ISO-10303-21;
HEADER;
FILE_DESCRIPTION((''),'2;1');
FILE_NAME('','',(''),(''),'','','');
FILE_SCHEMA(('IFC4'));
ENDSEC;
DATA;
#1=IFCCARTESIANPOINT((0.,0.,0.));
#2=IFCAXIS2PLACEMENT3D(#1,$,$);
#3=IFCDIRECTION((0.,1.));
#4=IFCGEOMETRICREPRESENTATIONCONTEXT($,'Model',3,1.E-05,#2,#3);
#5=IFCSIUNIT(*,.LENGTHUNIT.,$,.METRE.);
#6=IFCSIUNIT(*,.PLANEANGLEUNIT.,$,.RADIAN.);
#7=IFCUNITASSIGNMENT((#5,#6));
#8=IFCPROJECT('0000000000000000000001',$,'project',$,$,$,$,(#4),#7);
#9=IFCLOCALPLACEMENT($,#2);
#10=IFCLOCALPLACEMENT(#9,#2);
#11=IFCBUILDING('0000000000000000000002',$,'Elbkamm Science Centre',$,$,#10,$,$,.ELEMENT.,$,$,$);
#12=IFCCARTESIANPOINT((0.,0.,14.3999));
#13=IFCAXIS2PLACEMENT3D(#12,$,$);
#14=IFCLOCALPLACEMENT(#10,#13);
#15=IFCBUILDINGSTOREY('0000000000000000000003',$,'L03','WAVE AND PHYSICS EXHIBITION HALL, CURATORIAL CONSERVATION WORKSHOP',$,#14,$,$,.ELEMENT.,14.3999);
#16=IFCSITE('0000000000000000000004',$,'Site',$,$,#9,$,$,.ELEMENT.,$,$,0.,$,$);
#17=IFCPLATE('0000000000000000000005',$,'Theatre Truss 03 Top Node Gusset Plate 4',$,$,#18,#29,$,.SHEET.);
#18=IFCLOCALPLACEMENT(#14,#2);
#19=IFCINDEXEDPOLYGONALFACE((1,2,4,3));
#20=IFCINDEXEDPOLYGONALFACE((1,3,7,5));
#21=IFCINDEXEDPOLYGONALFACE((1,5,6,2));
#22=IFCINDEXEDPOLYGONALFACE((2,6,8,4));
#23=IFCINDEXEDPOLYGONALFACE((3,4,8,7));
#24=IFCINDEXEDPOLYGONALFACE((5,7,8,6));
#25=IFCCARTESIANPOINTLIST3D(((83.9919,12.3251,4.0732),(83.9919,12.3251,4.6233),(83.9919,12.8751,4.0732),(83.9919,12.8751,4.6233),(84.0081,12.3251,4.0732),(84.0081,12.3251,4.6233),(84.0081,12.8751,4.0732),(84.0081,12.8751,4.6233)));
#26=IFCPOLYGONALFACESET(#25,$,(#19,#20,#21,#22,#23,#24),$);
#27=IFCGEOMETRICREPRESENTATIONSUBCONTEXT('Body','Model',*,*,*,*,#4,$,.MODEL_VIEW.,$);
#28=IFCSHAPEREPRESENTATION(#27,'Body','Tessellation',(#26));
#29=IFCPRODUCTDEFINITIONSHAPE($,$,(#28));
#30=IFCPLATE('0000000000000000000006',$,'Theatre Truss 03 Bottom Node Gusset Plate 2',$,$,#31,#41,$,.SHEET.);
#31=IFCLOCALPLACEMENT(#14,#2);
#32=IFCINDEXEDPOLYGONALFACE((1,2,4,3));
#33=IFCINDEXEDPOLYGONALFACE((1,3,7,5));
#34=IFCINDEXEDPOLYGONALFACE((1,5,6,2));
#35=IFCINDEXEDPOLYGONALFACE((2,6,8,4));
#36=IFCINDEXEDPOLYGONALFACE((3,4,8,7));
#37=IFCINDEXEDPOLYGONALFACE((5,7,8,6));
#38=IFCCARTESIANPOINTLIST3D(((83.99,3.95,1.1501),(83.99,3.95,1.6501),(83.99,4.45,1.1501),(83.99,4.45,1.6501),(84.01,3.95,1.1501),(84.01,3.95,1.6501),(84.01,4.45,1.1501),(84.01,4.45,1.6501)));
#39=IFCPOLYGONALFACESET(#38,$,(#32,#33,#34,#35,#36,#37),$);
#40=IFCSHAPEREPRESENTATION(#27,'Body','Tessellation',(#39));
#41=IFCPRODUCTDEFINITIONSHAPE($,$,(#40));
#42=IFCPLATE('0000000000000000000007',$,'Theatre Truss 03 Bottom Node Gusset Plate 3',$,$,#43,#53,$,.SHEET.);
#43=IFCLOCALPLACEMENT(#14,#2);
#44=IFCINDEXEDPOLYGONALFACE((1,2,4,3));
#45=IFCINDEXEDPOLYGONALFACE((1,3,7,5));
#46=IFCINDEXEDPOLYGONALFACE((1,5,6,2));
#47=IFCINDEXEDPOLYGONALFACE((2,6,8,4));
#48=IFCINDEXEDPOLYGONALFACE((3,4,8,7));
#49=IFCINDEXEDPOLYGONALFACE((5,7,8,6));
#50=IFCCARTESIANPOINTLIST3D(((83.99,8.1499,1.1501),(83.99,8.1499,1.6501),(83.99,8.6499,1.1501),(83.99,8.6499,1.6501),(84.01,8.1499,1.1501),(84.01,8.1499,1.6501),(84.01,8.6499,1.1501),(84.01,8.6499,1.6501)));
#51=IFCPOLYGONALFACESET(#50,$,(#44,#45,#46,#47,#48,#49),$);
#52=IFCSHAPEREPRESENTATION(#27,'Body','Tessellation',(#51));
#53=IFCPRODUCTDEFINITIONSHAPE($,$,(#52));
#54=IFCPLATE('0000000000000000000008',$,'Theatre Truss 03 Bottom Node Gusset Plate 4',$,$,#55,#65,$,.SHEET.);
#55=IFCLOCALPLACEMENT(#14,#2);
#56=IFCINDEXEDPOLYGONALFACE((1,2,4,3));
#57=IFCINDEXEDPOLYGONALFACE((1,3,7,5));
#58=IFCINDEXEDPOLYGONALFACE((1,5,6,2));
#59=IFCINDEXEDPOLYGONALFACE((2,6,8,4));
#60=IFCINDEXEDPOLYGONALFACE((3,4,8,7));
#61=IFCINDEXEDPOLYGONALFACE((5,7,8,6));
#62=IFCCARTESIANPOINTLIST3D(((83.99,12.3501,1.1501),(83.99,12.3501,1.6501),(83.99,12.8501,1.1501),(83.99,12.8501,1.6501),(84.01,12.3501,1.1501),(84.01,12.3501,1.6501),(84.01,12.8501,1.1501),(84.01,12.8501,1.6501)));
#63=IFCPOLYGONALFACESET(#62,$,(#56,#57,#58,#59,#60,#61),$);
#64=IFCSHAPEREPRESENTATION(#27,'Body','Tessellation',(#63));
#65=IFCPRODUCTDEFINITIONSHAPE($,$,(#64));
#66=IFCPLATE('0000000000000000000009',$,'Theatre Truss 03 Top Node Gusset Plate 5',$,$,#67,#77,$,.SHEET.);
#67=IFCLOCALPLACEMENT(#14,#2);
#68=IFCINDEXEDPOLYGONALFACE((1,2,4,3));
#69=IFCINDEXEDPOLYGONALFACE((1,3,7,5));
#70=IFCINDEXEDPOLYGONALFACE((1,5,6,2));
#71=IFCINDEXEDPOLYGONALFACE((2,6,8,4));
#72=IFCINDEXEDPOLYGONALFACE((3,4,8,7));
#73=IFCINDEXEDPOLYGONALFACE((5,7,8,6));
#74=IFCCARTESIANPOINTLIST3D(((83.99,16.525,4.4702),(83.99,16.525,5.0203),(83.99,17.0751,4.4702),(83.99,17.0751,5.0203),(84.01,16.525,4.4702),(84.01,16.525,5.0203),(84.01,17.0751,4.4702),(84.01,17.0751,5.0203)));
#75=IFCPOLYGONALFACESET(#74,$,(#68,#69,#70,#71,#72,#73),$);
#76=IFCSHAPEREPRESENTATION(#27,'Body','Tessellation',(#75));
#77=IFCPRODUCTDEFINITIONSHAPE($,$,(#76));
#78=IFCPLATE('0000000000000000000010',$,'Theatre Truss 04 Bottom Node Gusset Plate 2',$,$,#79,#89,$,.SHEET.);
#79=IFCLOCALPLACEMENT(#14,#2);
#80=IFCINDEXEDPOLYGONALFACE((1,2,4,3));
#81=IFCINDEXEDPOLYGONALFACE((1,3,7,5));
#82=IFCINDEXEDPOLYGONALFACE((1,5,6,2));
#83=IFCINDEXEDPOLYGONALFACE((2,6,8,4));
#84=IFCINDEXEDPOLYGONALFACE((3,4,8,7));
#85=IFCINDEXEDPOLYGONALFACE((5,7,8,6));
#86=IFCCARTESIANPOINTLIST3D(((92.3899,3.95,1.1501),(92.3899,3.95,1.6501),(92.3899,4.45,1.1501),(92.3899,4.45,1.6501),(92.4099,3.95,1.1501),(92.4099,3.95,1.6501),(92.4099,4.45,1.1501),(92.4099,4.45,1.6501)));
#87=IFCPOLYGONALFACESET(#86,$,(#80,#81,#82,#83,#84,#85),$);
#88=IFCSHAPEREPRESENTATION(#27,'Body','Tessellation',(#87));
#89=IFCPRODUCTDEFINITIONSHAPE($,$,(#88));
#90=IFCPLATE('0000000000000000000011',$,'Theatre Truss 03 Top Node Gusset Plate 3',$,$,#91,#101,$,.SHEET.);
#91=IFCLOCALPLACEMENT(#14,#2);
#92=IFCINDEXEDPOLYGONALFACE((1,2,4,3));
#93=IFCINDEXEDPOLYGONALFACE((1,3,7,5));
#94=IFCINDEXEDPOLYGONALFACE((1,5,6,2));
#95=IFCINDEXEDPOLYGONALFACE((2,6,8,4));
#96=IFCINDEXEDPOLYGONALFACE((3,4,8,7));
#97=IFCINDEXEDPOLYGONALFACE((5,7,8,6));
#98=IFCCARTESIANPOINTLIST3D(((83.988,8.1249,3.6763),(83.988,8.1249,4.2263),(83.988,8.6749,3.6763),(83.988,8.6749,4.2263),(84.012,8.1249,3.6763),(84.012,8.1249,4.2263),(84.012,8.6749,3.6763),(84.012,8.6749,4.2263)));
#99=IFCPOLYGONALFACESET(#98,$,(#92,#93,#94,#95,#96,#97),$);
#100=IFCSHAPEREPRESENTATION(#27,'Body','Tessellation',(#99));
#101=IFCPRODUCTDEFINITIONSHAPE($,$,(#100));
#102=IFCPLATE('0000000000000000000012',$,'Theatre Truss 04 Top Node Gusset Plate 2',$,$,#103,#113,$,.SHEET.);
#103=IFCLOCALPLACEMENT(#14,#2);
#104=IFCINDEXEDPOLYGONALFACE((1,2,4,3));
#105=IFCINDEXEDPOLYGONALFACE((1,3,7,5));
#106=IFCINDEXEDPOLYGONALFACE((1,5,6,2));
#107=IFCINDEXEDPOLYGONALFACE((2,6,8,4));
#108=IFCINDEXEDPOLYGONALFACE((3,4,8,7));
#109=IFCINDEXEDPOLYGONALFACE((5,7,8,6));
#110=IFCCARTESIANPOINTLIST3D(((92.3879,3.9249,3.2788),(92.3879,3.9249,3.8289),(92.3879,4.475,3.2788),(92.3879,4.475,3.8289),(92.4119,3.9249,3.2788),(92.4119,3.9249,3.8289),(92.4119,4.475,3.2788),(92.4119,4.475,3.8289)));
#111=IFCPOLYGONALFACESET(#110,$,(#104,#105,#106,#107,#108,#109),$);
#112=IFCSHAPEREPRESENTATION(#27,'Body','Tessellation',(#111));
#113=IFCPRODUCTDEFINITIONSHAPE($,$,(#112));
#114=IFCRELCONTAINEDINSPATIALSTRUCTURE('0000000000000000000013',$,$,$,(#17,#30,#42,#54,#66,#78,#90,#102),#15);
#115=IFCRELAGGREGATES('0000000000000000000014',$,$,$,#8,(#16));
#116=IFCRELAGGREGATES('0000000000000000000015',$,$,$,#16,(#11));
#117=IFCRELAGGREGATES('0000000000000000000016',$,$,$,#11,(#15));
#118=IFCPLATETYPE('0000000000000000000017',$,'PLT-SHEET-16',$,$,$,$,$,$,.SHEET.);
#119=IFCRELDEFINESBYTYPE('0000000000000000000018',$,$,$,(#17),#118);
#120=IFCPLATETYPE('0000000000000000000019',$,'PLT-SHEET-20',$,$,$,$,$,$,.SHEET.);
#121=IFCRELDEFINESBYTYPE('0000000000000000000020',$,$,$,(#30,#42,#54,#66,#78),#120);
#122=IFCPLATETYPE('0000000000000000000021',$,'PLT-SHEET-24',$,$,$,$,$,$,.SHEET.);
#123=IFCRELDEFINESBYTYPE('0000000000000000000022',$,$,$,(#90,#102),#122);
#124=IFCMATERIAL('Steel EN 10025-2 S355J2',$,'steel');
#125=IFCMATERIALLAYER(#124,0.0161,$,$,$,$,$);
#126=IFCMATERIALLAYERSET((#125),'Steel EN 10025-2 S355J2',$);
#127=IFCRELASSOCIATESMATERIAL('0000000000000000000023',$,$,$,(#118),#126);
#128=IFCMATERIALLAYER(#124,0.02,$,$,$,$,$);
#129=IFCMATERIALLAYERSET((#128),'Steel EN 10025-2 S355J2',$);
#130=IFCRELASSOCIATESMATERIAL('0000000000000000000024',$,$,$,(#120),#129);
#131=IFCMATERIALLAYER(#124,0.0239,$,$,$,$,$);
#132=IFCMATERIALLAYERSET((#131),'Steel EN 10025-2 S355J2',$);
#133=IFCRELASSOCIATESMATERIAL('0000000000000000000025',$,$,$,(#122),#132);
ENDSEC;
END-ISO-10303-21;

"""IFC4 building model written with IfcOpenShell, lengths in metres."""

from ifc_helpers import new_model, si_unit, direction, frame, origin, origin_2d, place, context, subcontext, project, spatial, rectangle, extrude, material, layer, layer_set, type_object, element, save


model = new_model("IFC4")

# Units and contexts
model_context = context("Model", 3, precision=1e-05, world=origin(), true_north=direction((0.0, 1.0)))
body_context = subcontext(model_context, "Body", "Model", "MODEL_VIEW")
ifc_project = project(units=[si_unit("LENGTHUNIT", "METRE"), si_unit("PLANEANGLEUNIT", "RADIAN")], contexts=[model_context])

# Site, building, storey
site_placement = place(None, origin())
site = spatial("IfcSite", under=ifc_project, at=site_placement, Name="Site", CompositionType="ELEMENT", RefElevation=0.0)
building_placement = place(site_placement, origin())
building = spatial("IfcBuilding", under=site, at=building_placement, Name="Elbkamm Science Centre", CompositionType="ELEMENT")
storey_placement = place(building_placement, frame((0.0, 0.0, 14.3999)))
storey = spatial("IfcBuildingStorey", under=building, at=storey_placement, Name="L03", Description="WAVE AND PHYSICS EXHIBITION HALL, CURATORIAL CONSERVATION WORKSHOP", CompositionType="ELEMENT", Elevation=14.3999)

# Shared definitions
ifc_material = material(Name="Steel EN 10025-2 S355J2", Category="steel")

# Plates
ifc_layer_1 = layer(ifc_material, 0.0161)
ifc_layer_set_1 = layer_set([ifc_layer_1], Name="Steel EN 10025-2 S355J2")
plate_type_1 = type_object("IfcPlateType", Name="PLT-SHEET-16", PredefinedType="SHEET", material=ifc_layer_set_1)
plate_1_placement = place(storey_placement, frame((84.0, 12.6001, 4.0732), z_axis=(0.0, 0.0, 1.0), x_axis=(1.0, 0.0, 0.0)))
element("IfcPlate", 1, at=plate_1_placement, inside=storey, type_object=plate_type_1, Name="Theatre Truss 03 Top Node Gusset Plate 4", PredefinedType="SHEET", context=body_context, shape_type="SweptSolid", body=[
    extrude(rectangle(XDim=0.0161, YDim=0.55, at=origin_2d()), origin(), (0.0, 0.0, 1.0), 0.55),
])
ifc_layer_2 = layer(ifc_material, 0.02)
ifc_layer_set_2 = layer_set([ifc_layer_2], Name="Steel EN 10025-2 S355J2")
plate_type_2 = type_object("IfcPlateType", Name="PLT-SHEET-20", PredefinedType="SHEET", material=ifc_layer_set_2)
for number, where, z_axis, x_axis, name in (
    (2, (84.0, 4.2, 1.1501), (0.0, 0.0, 1.0), (1.0, 0.0, 0.0), "Theatre Truss 03 Bottom Node Gusset Plate 2"),
    (3, (84.0, 8.3999, 1.1501), (0.0, 0.0, 1.0), (1.0, 0.0, 0.0), "Theatre Truss 03 Bottom Node Gusset Plate 3"),
    (4, (84.0, 12.6001, 1.1501), (0.0, 0.0, 1.0), (1.0, 0.0, 0.0), "Theatre Truss 03 Bottom Node Gusset Plate 4"),
):
    element("IfcPlate", number, at=place(storey_placement, frame(where, z_axis=z_axis, x_axis=x_axis)), inside=storey, type_object=plate_type_2, Name=name, PredefinedType="SHEET", context=body_context, shape_type="SweptSolid", body=[
        extrude(rectangle(XDim=0.02, YDim=0.5, at=origin_2d()), origin(), (0.0, 0.0, 1.0), 0.5),
    ])
plate_2_placement = place(storey_placement, frame((84.0, 16.8, 4.4702), z_axis=(0.0, 0.0, 1.0), x_axis=(1.0, 0.0, 0.0)))
element("IfcPlate", 5, at=plate_2_placement, inside=storey, type_object=plate_type_2, Name="Theatre Truss 03 Top Node Gusset Plate 5", PredefinedType="SHEET", context=body_context, shape_type="SweptSolid", body=[
    extrude(rectangle(XDim=0.02, YDim=0.55, at=origin_2d()), origin(), (0.0, 0.0, 1.0), 0.55),
])
plate_3_placement = place(storey_placement, frame((92.3999, 4.2, 1.1501), z_axis=(0.0, 0.0, 1.0), x_axis=(1.0, 0.0, 0.0)))
element("IfcPlate", 6, at=plate_3_placement, inside=storey, type_object=plate_type_2, Name="Theatre Truss 04 Bottom Node Gusset Plate 2", PredefinedType="SHEET", context=body_context, shape_type="SweptSolid", body=[
    extrude(rectangle(XDim=0.02, YDim=0.5, at=origin_2d()), origin(), (0.0, 0.0, 1.0), 0.5),
])
ifc_layer_3 = layer(ifc_material, 0.0239)
ifc_layer_set_3 = layer_set([ifc_layer_3], Name="Steel EN 10025-2 S355J2")
plate_type_3 = type_object("IfcPlateType", Name="PLT-SHEET-24", PredefinedType="SHEET", material=ifc_layer_set_3)
for number, where, z_axis, x_axis, name in (
    (7, (84.0, 8.3999, 3.6763), (0.0, 0.0, 1.0), (1.0, 0.0, 0.0), "Theatre Truss 03 Top Node Gusset Plate 3"),
    (8, (92.3999, 4.2, 3.2788), (0.0, 0.0, 1.0), (1.0, 0.0, 0.0), "Theatre Truss 04 Top Node Gusset Plate 2"),
):
    element("IfcPlate", number, at=place(storey_placement, frame(where, z_axis=z_axis, x_axis=x_axis)), inside=storey, type_object=plate_type_3, Name=name, PredefinedType="SHEET", context=body_context, shape_type="SweptSolid", body=[
        extrude(rectangle(XDim=0.0239, YDim=0.55, at=origin_2d()), origin(), (0.0, 0.0, 1.0), 0.55),
    ])

save(model, "model.ifc")
